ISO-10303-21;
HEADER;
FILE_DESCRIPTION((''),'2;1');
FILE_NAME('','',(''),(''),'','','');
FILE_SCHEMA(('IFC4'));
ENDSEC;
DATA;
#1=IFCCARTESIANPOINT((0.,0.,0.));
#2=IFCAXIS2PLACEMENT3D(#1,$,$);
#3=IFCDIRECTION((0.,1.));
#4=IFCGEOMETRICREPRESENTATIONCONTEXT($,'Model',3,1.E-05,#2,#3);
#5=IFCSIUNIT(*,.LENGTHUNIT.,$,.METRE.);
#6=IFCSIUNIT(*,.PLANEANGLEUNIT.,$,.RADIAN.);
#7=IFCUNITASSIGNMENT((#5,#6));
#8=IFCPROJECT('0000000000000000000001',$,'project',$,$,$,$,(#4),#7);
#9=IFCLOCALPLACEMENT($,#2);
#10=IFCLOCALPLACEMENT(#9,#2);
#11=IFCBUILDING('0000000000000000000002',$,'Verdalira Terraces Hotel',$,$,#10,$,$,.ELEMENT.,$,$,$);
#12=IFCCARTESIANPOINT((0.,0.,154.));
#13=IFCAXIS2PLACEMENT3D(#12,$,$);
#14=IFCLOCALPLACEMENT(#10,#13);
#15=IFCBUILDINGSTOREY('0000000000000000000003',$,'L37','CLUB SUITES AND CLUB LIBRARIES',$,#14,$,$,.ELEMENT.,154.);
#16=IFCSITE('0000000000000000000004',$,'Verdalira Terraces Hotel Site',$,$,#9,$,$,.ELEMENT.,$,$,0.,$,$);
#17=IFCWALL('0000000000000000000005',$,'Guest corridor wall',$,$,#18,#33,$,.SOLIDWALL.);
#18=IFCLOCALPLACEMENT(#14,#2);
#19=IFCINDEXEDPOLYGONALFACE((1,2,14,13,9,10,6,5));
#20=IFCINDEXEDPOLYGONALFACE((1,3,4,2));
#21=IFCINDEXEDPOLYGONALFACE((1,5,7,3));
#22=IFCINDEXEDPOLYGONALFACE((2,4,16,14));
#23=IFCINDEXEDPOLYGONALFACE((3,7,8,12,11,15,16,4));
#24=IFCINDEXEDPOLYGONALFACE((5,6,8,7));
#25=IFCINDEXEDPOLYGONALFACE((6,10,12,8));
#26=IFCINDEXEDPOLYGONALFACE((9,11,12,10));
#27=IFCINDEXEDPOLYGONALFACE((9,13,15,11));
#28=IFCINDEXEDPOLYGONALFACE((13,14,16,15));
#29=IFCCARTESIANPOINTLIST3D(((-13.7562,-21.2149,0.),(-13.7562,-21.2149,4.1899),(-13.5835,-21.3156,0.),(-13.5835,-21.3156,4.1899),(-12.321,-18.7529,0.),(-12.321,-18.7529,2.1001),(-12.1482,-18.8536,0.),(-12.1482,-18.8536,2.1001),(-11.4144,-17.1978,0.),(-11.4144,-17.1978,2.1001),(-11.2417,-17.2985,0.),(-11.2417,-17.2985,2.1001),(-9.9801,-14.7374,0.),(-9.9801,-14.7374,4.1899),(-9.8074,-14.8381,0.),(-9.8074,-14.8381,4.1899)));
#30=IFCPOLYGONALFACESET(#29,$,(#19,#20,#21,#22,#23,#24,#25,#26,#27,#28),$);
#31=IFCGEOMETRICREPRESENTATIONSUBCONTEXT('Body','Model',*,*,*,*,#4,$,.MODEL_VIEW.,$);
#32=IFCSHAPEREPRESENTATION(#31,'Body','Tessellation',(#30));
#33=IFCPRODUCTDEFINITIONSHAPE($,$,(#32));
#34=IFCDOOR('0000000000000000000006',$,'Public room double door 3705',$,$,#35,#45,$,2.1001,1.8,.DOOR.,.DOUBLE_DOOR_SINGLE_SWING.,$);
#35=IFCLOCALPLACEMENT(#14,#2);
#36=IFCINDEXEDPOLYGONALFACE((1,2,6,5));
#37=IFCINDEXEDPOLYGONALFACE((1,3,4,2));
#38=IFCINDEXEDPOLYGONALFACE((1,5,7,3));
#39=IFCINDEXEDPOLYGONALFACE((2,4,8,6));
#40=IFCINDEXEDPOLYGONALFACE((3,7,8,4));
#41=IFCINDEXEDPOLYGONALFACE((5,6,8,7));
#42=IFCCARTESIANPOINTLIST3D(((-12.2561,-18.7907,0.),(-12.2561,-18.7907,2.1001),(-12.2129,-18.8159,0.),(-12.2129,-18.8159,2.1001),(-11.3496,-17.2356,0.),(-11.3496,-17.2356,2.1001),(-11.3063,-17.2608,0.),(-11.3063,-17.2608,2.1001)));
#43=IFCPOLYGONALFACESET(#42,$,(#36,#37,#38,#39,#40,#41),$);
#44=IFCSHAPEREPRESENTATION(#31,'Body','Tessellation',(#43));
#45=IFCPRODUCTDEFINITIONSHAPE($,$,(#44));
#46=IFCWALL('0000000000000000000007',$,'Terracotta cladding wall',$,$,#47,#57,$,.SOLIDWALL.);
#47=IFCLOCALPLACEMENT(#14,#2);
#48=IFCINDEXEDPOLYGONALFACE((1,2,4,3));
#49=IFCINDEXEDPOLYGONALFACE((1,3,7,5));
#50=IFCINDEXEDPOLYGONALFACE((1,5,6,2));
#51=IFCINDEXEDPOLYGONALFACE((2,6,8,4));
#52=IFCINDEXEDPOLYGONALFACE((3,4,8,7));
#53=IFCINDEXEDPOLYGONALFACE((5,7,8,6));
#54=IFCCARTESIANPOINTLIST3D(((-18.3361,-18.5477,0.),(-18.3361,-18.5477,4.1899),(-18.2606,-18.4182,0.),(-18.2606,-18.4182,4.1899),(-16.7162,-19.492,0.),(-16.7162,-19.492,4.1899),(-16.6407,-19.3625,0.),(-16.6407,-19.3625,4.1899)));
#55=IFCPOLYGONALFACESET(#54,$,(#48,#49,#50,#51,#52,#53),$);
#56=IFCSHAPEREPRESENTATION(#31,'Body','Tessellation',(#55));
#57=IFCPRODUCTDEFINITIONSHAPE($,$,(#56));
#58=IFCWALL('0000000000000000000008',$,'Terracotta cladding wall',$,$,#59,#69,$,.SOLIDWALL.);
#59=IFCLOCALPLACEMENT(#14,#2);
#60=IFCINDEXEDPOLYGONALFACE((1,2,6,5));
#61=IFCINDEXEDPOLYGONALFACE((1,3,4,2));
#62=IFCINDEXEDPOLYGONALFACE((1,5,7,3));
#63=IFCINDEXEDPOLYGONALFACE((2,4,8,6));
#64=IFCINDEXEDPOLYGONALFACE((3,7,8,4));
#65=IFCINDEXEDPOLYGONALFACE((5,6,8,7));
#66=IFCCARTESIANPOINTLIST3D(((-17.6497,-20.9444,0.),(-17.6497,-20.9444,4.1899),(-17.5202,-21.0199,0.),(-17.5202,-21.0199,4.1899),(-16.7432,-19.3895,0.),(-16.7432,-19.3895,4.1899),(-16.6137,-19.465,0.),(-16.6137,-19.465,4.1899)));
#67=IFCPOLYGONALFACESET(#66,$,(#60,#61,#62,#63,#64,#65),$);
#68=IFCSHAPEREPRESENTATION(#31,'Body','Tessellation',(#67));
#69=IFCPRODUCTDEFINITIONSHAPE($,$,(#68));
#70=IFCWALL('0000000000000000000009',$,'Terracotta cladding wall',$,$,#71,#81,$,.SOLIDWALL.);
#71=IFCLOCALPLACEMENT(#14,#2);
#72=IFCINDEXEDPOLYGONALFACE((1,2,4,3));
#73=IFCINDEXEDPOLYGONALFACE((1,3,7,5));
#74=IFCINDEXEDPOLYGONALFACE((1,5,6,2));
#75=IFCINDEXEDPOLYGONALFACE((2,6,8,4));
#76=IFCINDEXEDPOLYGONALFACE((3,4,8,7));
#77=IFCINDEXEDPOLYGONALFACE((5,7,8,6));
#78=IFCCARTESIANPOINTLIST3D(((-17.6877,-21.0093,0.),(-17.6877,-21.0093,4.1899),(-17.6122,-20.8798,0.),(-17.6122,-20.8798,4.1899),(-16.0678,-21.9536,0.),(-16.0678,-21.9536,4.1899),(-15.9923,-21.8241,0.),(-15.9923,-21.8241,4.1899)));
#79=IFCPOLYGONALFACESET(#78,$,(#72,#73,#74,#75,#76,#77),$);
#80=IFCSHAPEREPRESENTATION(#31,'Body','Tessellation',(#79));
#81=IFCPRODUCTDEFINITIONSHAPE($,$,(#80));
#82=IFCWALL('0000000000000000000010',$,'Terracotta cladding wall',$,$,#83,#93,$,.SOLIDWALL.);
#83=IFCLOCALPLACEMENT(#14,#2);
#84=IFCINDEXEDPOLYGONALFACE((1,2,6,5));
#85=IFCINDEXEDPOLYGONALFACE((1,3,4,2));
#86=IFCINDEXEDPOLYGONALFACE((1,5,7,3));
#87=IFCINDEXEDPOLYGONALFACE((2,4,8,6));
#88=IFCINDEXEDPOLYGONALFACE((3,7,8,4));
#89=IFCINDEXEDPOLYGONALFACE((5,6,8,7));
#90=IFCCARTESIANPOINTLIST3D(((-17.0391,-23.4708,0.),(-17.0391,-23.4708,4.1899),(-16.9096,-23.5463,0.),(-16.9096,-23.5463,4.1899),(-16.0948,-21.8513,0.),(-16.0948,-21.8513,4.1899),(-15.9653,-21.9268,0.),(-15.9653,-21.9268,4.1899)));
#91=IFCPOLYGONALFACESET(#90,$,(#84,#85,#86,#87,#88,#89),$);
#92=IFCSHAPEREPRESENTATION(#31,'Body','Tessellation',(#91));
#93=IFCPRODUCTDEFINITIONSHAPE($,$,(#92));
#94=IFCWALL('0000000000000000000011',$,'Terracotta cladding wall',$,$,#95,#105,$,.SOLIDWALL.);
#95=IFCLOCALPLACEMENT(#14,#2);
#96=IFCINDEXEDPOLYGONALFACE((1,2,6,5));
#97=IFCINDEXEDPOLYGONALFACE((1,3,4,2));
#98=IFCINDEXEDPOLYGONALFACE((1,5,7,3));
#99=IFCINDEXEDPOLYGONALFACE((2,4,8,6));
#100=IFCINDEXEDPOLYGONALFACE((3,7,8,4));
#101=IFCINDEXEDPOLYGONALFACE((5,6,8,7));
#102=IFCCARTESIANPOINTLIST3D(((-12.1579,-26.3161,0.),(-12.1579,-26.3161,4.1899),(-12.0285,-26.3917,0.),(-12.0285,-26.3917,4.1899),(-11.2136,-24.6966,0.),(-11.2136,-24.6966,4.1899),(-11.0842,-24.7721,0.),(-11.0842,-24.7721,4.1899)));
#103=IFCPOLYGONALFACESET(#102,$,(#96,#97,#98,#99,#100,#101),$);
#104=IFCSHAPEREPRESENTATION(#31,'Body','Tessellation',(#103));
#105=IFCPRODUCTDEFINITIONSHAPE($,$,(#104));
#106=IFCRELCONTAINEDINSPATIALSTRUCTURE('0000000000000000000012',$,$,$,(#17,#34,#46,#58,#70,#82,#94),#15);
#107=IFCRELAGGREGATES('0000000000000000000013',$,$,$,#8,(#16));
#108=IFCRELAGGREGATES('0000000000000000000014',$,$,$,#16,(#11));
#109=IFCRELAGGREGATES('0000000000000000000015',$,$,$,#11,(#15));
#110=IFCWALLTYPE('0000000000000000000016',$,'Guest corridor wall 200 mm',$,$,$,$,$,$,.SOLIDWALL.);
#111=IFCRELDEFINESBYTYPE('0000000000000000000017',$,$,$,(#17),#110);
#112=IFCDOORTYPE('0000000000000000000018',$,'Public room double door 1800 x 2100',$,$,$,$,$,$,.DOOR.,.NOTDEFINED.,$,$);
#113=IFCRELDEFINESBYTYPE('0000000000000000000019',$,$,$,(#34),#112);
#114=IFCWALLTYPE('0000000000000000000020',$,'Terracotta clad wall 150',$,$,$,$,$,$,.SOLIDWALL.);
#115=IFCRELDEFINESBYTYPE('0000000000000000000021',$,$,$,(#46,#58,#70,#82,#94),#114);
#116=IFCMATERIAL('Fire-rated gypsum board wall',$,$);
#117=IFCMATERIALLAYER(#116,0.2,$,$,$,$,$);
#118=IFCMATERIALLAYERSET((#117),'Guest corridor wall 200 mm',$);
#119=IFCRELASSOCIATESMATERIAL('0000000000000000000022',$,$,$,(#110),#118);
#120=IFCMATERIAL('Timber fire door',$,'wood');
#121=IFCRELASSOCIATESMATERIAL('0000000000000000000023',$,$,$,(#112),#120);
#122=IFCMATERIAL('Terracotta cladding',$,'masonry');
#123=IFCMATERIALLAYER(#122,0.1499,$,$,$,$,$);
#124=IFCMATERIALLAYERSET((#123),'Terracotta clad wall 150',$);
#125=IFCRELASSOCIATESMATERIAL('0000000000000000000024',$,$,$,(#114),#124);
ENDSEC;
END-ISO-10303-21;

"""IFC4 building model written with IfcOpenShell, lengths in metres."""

from ifc_helpers import new_model, si_unit, direction, frame, frame_2d, origin, place, context, subcontext, project, spatial, rectangle, extrude, material, layer, layer_set, type_object, element, fill, save


model = new_model("IFC4")

# Units and contexts
model_context = context("Model", 3, precision=1e-05, world=origin(), true_north=direction((0.0, 1.0)))
body_context = subcontext(model_context, "Body", "Model", "MODEL_VIEW")
ifc_project = project(units=[si_unit("LENGTHUNIT", "METRE"), si_unit("PLANEANGLEUNIT", "RADIAN")], contexts=[model_context])

# Site, building, storey
site_placement = place(None, origin())
site = spatial("IfcSite", under=ifc_project, at=site_placement, Name="Verdalira Terraces Hotel Site", CompositionType="ELEMENT", RefElevation=0.0)
building_placement = place(site_placement, origin())
building = spatial("IfcBuilding", under=site, at=building_placement, Name="Verdalira Terraces Hotel", CompositionType="ELEMENT")
storey_placement = place(building_placement, frame((0.0, 0.0, 154.0)))
storey = spatial("IfcBuildingStorey", under=building, at=storey_placement, Name="L37", Description="CLUB SUITES AND CLUB LIBRARIES", CompositionType="ELEMENT", Elevation=154.0)

# Shared definitions
ifc_material_1 = material(Name="Fire-rated gypsum board wall")
ifc_layer_1 = layer(ifc_material_1, 0.2)
ifc_layer_set_1 = layer_set([ifc_layer_1], Name="Guest corridor wall 200 mm")
wall_type_1 = type_object("IfcWallType", Name="Guest corridor wall 200 mm", PredefinedType="SOLIDWALL", material=ifc_layer_set_1)

# Wall, opening, door
wall_1_placement = place(storey_placement, frame((-13.6699, -21.2654, 0.0), z_axis=(0.0, 0.0, 1.0), x_axis=(0.503628, 0.863921, 0.0)))
wall_1 = element("IfcWall", 1, at=wall_1_placement, inside=storey, type_object=wall_type_1, Name="Guest corridor wall", PredefinedType="SOLIDWALL", context=body_context, shape_type="SweptSolid", body=[
    extrude(rectangle(XDim=7.4978, YDim=0.2, at=frame_2d((3.749, 0.0))), origin(), (0.0, 0.0, 1.0), 4.1899),
])
opening_placement = place(wall_1_placement, frame((2.8501, 0.0, 0.0)))
opening = element("IfcOpeningElement", 2, at=opening_placement, cuts=wall_1, PredefinedType="OPENING", context=body_context, shape_type="SweptSolid", body=[
    extrude(rectangle(XDim=1.8, YDim=2.1001, at=frame_2d((0.8999, 1.05))), frame((0.0, 0.1099, 0.0), z_axis=(0.0, -1.0, 0.0), x_axis=(1.0, 0.0, 0.0)), (0.0, 0.0, 1.0), 0.22),
])
ifc_material_2 = material(Name="Timber fire door", Category="wood")
door_type = type_object("IfcDoorType", Name="Public room double door 1800 x 2100", OperationType="NOTDEFINED", PredefinedType="DOOR", material=ifc_material_2)
door_placement = place(opening_placement, origin())
door = element("IfcDoor", 3, at=door_placement, inside=storey, type_object=door_type, Name="Public room double door 3705", OperationType="DOUBLE_DOOR_SINGLE_SWING", OverallHeight=2.1001, OverallWidth=1.8, PredefinedType="DOOR", context=body_context, shape_type="SweptSolid", body=[
    extrude(rectangle(XDim=1.8, YDim=2.1001, at=frame_2d((0.8999, 1.05))), frame((0.0, 0.0249, 0.0), z_axis=(0.0, -1.0, 0.0), x_axis=(1.0, 0.0, 0.0)), (0.0, 0.0, 1.0), 0.05),
])
fill(opening, door)

# Walls
ifc_material_3 = material(Name="Terracotta cladding", Category="masonry")
ifc_layer_2 = layer(ifc_material_3, 0.1499)
ifc_layer_set_2 = layer_set([ifc_layer_2], Name="Terracotta clad wall 150")
wall_type_2 = type_object("IfcWallType", Name="Terracotta clad wall 150", PredefinedType="SOLIDWALL", material=ifc_layer_set_2)
wall_2_placement = place(storey_placement, frame((-18.2983, -18.4829, 0.0), z_axis=(0.0, 0.0, 1.0), x_axis=(0.863916, -0.503636, 0.0)))
element("IfcWall", 4, at=wall_2_placement, inside=storey, type_object=wall_type_2, Name="Terracotta cladding wall", PredefinedType="SOLIDWALL", context=body_context, shape_type="SweptSolid", body=[
    extrude(rectangle(XDim=1.875, YDim=0.1499, at=frame_2d((0.9375, 0.0))), origin(), (0.0, 0.0, 1.0), 4.1899),
])
wall_3_placement = place(storey_placement, frame((-16.6785, -19.4272, 0.0), z_axis=(0.0, 0.0, 1.0), x_axis=(-0.503643, -0.863912, 0.0)))
element("IfcWall", 5, at=wall_3_placement, inside=storey, type_object=wall_type_2, Name="Terracotta cladding wall", PredefinedType="SOLIDWALL", context=body_context, shape_type="SweptSolid", body=[
    extrude(rectangle(XDim=1.7998, YDim=0.1499, at=frame_2d((0.8999, 0.0))), origin(), (0.0, 0.0, 1.0), 4.1899),
])
wall_4_placement = place(storey_placement, frame((-17.6499, -20.9446, 0.0), z_axis=(0.0, 0.0, 1.0), x_axis=(0.863916, -0.503636, 0.0)))
element("IfcWall", 6, at=wall_4_placement, inside=storey, type_object=wall_type_2, Name="Terracotta cladding wall", PredefinedType="SOLIDWALL", context=body_context, shape_type="SweptSolid", body=[
    extrude(rectangle(XDim=1.875, YDim=0.1499, at=frame_2d((0.9375, 0.0))), origin(), (0.0, 0.0, 1.0), 4.1899),
])
for number, where, z_axis, x_axis, name in (
    (7, (-16.03, -21.8889, 0.0), (0.0, 0.0, 1.0), (-0.503693, -0.863883, 0.0), "Terracotta cladding wall"),
    (8, (-12.0933, -26.354, 0.0), (0.0, 0.0, 1.0), (0.503693, 0.863883, 0.0), "Terracotta cladding wall"),
):
    element("IfcWall", number, at=place(storey_placement, frame(where, z_axis=z_axis, x_axis=x_axis)), inside=storey, type_object=wall_type_2, Name=name, PredefinedType="SOLIDWALL", context=body_context, shape_type="SweptSolid", body=[
        extrude(rectangle(XDim=1.8748, YDim=0.1499, at=frame_2d((0.9375, 0.0))), origin(), (0.0, 0.0, 1.0), 4.1899),
    ])

save(model, "model.ifc")
